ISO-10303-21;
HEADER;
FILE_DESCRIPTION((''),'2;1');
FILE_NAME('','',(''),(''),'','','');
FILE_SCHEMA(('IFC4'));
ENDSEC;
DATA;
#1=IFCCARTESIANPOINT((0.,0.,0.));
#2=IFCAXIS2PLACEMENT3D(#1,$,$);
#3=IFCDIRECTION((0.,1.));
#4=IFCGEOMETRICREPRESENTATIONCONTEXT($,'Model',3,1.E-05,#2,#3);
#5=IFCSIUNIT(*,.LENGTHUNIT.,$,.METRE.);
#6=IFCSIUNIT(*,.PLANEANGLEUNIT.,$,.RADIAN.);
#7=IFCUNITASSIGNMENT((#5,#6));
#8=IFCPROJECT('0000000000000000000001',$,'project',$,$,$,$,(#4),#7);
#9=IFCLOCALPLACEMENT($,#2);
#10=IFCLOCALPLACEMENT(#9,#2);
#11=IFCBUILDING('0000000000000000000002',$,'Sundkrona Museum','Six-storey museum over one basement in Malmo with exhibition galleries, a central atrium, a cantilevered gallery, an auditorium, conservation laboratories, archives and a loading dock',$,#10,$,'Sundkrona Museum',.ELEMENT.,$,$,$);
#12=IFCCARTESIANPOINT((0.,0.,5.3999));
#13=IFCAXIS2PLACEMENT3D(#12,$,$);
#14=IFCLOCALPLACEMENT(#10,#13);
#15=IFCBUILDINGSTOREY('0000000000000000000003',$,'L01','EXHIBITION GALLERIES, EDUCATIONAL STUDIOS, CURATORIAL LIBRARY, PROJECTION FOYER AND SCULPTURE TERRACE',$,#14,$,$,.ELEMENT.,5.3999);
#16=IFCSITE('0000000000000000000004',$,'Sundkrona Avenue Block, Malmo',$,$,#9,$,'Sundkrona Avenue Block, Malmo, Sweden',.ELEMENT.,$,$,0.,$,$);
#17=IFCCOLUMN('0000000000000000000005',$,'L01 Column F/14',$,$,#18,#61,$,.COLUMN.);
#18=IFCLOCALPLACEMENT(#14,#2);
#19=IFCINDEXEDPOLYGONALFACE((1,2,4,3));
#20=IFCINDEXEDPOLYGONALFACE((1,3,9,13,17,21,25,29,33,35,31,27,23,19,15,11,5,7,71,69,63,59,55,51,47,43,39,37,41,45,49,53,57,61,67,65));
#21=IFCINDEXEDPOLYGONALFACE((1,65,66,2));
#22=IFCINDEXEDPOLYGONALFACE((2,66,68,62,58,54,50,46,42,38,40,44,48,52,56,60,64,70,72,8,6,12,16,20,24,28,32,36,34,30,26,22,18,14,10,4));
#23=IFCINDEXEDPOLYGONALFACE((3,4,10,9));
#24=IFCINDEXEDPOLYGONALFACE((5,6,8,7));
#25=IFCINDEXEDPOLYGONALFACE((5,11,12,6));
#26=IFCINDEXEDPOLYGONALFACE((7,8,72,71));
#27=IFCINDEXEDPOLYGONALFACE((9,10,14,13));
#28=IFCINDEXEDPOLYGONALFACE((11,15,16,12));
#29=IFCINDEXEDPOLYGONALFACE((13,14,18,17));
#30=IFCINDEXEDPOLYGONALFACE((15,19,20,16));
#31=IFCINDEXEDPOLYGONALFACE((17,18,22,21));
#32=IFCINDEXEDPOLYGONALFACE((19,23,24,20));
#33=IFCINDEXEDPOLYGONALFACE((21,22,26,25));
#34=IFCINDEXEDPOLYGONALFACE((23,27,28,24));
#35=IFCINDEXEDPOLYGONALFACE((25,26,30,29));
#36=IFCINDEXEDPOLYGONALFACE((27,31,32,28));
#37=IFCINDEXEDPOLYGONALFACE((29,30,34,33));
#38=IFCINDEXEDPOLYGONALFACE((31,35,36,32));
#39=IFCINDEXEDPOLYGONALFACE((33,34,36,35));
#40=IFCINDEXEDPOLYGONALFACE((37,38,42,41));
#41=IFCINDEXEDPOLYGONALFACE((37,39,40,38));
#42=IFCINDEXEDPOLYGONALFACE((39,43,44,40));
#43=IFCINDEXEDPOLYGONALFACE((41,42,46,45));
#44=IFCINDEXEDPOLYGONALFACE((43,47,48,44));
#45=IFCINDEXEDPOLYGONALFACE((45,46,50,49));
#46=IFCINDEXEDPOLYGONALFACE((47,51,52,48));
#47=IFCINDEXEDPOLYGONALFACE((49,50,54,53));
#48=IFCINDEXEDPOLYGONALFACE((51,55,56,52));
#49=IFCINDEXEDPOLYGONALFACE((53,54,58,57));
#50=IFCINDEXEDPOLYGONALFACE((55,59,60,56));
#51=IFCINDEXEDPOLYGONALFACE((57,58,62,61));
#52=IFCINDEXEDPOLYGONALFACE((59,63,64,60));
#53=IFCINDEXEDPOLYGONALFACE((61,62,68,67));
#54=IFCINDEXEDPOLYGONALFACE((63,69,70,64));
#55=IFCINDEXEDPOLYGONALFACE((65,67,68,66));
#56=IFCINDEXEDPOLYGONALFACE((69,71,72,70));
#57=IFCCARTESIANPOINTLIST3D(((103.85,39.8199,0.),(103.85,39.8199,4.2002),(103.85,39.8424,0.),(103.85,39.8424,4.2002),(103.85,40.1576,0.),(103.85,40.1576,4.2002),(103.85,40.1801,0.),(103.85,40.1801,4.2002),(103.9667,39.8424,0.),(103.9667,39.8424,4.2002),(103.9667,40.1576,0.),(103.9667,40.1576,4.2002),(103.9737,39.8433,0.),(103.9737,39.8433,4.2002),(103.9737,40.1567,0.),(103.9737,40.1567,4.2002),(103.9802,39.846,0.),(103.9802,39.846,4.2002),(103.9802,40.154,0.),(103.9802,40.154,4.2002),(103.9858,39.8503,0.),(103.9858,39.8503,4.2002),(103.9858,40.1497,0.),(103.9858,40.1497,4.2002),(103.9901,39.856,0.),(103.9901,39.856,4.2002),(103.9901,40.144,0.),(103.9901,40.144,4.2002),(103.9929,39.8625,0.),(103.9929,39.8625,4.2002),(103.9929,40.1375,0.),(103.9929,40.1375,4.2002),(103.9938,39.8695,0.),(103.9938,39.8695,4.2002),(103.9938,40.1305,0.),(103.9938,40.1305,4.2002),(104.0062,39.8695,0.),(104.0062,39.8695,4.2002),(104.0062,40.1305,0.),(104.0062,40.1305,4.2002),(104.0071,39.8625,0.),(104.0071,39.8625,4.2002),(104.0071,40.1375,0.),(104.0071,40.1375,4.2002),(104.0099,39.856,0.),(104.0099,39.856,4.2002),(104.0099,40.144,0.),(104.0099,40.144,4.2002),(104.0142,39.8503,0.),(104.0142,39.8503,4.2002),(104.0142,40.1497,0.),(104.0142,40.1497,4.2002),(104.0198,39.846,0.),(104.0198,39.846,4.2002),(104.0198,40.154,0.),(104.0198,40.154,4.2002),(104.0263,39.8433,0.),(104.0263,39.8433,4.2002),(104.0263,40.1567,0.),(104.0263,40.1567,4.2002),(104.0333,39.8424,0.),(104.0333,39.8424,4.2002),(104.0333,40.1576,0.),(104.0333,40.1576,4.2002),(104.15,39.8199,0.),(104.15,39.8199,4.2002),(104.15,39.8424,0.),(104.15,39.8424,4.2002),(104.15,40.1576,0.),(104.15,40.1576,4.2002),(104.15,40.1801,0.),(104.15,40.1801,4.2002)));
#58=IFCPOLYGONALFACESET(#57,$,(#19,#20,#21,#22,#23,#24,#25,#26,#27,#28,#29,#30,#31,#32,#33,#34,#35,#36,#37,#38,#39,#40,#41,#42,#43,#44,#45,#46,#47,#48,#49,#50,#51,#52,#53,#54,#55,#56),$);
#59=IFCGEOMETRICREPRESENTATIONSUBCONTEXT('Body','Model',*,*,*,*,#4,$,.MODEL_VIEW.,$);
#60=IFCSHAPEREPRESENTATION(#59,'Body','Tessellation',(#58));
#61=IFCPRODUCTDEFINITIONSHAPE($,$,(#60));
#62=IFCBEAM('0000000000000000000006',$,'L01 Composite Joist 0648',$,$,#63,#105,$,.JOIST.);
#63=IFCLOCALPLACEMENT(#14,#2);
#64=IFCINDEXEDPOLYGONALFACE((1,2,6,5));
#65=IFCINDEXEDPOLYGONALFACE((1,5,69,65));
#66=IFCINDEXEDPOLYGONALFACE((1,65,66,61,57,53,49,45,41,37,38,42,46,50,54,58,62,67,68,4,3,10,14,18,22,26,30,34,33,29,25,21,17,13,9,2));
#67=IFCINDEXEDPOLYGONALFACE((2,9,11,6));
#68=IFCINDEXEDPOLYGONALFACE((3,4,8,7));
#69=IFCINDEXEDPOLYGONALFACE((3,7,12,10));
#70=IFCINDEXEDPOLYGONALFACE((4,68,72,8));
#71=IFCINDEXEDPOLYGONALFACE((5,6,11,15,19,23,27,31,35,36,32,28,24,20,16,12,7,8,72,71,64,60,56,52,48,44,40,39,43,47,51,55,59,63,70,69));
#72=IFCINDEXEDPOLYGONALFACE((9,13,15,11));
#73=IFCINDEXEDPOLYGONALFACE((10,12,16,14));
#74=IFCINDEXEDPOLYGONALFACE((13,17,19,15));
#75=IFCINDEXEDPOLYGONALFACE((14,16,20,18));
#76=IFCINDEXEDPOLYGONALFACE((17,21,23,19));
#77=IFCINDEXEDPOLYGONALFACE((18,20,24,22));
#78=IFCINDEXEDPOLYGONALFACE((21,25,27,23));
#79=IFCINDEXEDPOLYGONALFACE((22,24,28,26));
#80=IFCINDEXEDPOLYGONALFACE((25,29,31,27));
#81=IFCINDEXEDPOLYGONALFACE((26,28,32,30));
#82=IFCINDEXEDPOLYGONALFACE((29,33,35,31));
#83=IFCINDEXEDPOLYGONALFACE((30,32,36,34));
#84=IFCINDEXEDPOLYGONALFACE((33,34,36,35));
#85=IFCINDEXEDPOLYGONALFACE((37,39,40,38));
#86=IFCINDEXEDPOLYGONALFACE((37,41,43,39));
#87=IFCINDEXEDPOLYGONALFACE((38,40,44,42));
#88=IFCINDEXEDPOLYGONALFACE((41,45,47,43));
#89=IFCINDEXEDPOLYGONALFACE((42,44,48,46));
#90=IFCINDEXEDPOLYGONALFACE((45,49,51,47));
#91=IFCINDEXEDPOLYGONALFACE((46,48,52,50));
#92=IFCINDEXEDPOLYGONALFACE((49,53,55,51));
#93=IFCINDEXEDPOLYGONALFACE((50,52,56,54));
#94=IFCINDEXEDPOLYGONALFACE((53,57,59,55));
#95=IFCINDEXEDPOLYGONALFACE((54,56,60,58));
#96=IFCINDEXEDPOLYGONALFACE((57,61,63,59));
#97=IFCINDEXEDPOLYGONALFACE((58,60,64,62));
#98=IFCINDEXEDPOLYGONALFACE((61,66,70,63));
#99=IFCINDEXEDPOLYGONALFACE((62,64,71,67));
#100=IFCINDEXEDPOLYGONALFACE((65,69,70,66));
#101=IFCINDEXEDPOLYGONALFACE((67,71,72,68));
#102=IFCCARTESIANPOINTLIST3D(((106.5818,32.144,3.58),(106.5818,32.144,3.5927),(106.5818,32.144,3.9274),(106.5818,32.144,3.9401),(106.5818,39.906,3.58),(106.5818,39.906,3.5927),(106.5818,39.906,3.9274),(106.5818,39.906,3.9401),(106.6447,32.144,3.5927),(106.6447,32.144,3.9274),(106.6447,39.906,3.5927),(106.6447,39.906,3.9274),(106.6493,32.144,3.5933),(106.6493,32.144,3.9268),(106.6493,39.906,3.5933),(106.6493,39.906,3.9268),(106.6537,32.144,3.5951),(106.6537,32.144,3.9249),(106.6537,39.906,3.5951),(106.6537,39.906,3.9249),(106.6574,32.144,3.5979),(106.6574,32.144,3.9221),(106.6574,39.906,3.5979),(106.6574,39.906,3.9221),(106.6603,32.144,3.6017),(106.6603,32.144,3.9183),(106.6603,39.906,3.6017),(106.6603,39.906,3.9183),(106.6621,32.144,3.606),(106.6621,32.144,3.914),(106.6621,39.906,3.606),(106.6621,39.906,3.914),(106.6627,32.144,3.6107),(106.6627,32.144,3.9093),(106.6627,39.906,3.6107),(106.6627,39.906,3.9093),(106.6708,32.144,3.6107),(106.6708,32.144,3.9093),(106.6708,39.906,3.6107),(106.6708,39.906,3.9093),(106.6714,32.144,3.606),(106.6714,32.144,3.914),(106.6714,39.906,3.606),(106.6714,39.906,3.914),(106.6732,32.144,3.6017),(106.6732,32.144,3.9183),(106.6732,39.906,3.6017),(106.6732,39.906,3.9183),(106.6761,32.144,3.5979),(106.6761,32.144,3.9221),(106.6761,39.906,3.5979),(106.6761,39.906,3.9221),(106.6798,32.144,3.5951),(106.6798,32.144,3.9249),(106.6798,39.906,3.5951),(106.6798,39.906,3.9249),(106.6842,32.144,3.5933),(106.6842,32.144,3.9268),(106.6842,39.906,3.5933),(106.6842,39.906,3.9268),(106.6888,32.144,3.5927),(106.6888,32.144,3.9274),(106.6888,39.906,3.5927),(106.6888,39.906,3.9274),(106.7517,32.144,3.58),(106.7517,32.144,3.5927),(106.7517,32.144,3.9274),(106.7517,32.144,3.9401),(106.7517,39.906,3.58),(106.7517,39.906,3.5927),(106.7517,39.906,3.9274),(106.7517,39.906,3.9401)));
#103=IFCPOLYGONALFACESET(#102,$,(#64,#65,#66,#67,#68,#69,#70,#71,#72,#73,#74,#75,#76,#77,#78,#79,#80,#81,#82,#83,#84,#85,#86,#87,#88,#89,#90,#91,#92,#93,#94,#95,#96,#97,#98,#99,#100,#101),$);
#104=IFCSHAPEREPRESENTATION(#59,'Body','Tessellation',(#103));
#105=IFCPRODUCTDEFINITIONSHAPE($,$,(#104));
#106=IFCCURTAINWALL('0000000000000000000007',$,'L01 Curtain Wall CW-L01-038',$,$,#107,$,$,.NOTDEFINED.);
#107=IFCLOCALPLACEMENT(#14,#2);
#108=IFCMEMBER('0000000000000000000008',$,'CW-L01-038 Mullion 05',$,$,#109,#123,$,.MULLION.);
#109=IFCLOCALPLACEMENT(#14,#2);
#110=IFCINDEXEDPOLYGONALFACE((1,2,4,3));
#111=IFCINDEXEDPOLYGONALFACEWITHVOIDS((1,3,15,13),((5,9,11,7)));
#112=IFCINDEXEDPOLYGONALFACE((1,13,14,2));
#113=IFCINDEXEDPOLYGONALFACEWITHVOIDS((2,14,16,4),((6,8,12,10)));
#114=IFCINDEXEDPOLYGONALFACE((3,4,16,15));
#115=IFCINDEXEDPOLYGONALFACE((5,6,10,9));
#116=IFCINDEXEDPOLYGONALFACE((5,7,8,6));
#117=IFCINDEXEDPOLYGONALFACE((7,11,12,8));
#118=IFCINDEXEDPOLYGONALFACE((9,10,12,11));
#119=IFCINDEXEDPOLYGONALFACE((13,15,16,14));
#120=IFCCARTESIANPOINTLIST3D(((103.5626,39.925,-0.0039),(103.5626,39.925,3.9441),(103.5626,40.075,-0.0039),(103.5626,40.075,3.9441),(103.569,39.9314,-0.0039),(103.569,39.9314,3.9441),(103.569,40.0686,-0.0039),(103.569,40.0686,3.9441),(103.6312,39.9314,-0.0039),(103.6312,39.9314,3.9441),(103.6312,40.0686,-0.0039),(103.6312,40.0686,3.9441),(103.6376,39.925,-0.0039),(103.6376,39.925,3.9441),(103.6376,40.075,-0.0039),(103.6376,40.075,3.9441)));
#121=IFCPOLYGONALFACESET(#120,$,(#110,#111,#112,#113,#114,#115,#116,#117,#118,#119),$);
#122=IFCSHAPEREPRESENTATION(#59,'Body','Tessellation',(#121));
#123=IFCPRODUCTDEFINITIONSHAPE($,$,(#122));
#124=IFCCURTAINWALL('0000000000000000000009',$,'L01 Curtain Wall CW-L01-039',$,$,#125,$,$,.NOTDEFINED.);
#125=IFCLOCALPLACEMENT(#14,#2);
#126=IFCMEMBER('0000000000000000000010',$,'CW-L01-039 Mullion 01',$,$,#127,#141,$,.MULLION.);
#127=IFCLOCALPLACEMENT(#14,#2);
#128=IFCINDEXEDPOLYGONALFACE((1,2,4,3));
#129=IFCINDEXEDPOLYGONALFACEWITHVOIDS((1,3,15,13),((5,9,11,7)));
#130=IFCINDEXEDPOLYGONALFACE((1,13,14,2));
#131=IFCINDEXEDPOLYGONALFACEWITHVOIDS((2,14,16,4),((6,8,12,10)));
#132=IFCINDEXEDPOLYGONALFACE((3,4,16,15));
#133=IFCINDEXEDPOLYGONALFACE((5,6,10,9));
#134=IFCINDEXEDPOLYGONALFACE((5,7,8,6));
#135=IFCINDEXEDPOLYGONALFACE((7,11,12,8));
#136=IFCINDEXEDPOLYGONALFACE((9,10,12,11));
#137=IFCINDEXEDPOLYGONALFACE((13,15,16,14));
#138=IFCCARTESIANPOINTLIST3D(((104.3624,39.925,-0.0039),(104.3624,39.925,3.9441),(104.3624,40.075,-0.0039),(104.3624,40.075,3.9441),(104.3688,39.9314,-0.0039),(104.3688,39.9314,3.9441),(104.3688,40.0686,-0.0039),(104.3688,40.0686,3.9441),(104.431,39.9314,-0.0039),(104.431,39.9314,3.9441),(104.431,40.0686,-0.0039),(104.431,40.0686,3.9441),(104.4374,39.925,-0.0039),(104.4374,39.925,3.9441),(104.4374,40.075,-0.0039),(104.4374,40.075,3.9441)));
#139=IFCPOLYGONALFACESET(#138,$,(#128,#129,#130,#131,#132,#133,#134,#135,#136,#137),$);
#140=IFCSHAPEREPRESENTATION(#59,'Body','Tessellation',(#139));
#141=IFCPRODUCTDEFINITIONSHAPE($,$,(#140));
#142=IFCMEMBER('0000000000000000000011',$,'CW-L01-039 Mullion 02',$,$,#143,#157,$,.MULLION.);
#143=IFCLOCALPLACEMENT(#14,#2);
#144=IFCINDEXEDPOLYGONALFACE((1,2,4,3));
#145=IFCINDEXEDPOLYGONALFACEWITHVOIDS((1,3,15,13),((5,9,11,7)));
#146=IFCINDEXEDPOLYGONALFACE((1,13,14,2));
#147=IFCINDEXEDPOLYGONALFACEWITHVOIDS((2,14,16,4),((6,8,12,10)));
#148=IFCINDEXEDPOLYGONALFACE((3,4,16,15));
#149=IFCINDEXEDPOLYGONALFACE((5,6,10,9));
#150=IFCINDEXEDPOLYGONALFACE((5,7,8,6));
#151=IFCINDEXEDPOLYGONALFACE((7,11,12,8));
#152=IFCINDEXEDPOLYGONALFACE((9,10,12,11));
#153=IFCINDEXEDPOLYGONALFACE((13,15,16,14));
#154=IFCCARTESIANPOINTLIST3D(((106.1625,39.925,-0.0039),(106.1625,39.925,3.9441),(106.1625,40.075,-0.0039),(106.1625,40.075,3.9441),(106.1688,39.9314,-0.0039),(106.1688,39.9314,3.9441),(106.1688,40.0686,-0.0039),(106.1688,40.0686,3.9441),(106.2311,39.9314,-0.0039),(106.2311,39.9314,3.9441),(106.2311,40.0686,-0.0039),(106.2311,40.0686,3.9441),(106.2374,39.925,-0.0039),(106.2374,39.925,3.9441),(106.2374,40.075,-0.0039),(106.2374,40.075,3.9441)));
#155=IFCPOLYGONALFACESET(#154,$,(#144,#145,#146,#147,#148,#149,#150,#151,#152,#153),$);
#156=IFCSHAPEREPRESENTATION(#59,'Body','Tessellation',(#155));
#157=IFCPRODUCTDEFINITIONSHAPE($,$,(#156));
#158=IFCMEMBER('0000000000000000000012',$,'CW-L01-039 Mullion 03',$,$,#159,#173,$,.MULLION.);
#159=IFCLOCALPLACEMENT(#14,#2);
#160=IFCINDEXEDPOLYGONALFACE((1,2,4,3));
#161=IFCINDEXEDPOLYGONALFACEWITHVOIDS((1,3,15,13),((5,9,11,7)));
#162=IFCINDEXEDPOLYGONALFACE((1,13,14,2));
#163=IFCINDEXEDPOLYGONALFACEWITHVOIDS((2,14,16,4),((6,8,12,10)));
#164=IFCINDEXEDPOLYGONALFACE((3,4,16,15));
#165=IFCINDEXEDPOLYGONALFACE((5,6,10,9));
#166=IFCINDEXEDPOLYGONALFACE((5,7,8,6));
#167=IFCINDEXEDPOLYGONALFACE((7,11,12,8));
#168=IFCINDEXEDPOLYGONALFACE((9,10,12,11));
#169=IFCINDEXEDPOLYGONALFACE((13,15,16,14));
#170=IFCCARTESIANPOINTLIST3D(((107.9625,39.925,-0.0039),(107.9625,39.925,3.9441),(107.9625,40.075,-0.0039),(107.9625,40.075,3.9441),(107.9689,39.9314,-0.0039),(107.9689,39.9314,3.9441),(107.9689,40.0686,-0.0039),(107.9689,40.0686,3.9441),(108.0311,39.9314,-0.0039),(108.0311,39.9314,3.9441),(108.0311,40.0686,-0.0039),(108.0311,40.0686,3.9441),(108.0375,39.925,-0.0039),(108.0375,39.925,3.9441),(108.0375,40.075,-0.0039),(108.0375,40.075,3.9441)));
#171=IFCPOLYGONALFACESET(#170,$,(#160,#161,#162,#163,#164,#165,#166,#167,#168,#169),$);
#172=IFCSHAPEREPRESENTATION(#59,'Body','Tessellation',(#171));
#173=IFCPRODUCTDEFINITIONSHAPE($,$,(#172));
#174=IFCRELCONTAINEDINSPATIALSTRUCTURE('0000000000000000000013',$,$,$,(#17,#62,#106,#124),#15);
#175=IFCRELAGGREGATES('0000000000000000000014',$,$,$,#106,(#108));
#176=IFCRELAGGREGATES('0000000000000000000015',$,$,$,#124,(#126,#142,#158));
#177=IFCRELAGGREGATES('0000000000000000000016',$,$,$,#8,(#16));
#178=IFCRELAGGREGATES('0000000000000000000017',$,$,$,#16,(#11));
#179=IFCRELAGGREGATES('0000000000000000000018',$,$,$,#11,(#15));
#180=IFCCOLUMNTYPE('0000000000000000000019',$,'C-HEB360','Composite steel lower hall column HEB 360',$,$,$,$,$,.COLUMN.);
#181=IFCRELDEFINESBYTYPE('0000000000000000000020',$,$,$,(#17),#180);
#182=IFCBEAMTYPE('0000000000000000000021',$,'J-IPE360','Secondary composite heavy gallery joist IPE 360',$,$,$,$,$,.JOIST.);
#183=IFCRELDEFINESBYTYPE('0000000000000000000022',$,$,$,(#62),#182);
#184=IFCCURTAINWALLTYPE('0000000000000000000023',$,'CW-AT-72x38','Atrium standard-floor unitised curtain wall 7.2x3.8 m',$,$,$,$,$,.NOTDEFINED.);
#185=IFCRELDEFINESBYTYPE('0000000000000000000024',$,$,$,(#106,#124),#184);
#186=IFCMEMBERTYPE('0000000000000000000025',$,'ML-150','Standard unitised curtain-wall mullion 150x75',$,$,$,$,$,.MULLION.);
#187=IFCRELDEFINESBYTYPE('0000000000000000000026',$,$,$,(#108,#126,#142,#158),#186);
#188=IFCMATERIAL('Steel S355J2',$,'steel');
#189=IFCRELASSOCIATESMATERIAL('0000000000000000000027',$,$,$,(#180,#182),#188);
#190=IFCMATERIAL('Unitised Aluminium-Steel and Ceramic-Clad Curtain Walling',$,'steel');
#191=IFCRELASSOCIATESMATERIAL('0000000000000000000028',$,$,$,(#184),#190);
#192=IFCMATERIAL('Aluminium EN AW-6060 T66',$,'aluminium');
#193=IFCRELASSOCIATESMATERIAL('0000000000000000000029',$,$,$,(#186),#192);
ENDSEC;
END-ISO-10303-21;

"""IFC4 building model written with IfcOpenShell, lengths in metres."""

from ifc_helpers import new_model, si_unit, direction, frame, origin, origin_2d, place, context, subcontext, project, spatial, hollow_rectangle, i_section, extrude, material, material_profile, profile_set, type_object, element, aggregate, save


model = new_model("IFC4")

# Units and contexts
model_context = context("Model", 3, precision=1e-05, world=origin(), true_north=direction((0.0, 1.0)))
body_context = subcontext(model_context, "Body", "Model", "MODEL_VIEW")
ifc_project = project(units=[si_unit("LENGTHUNIT", "METRE"), si_unit("PLANEANGLEUNIT", "RADIAN")], contexts=[model_context])

# Site, building, storey
site_placement = place(None, origin())
site = spatial("IfcSite", under=ifc_project, at=site_placement, Name="Sundkrona Avenue Block, Malmo", LongName="Sundkrona Avenue Block, Malmo, Sweden", CompositionType="ELEMENT", RefElevation=0.0)
building_placement = place(site_placement, origin())
building = spatial("IfcBuilding", under=site, at=building_placement, Name="Sundkrona Museum", Description="Six-storey museum over one basement in Malmo with exhibition galleries, a central atrium, a cantilevered gallery, an auditorium, conservation laboratories, archives and a loading dock", LongName="Sundkrona Museum", CompositionType="ELEMENT")
storey_placement = place(building_placement, frame((0.0, 0.0, 5.3999)))
storey = spatial("IfcBuildingStorey", under=building, at=storey_placement, Name="L01", Description="EXHIBITION GALLERIES, EDUCATIONAL STUDIOS, CURATORIAL LIBRARY, PROJECTION FOYER AND SCULPTURE TERRACE", CompositionType="ELEMENT", Elevation=5.3999)

# Column
ifc_material_1 = material(Name="Steel S355J2", Category="steel")
ifc_material_profile_1 = material_profile(ifc_material_1, i_section(OverallWidth=0.3, OverallDepth=0.3601, WebThickness=0.0125, FlangeThickness=0.0225, FilletRadius=0.0271, at=origin_2d()), Name="HEB 360")
ifc_profile_set_1 = profile_set([ifc_material_profile_1], Name="Steel S355J2")
column_type = type_object("IfcColumnType", Name="C-HEB360", Description="Composite steel lower hall column HEB 360", PredefinedType="COLUMN", material=ifc_profile_set_1)
column_placement = place(storey_placement, frame((104.0, 40.0, 0.0), z_axis=(0.0, 0.0, 1.0), x_axis=(1.0, 0.0, 0.0)))
element("IfcColumn", 1, at=column_placement, inside=storey, type_object=column_type, Name="L01 Column F/14", PredefinedType="COLUMN", context=body_context, shape_type="SweptSolid", body=[
    extrude(i_section(OverallWidth=0.3, OverallDepth=0.3601, WebThickness=0.0125, FlangeThickness=0.0225, FilletRadius=0.0271, at=origin_2d()), origin(), (0.0, 0.0, 1.0), 4.2002),
])

# Beam
ifc_material_profile_2 = material_profile(ifc_material_1, i_section(OverallWidth=0.1699, OverallDepth=0.3601, WebThickness=0.0081, FlangeThickness=0.0127, FilletRadius=0.0181, at=origin_2d()), Name="IPE 360")
ifc_profile_set_2 = profile_set([ifc_material_profile_2], Name="Steel S355J2")
beam_type_1 = type_object("IfcBeamType", Name="J-IPE360", Description="Secondary composite heavy gallery joist IPE 360", PredefinedType="JOIST", material=ifc_profile_set_2)
beam_1_placement = place(storey_placement, frame((106.6667, 32.144, 3.76), z_axis=(0.0, 1.0, 0.0), x_axis=(-1.0, 0.0, 0.0)))
element("IfcBeam", 2, at=beam_1_placement, inside=storey, type_object=beam_type_1, Name="L01 Composite Joist 0648", PredefinedType="JOIST", context=body_context, shape_type="SweptSolid", body=[
    extrude(i_section(OverallWidth=0.1699, OverallDepth=0.3601, WebThickness=0.0081, FlangeThickness=0.0127, FilletRadius=0.0181, at=origin_2d()), origin(), (0.0, 0.0, 1.0), 7.762),
])

# Curtain wall, member
ifc_material_2 = material(Name="Unitised Aluminium-Steel and Ceramic-Clad Curtain Walling", Category="steel")
curtain_wall_type = type_object("IfcCurtainWallType", Name="CW-AT-72x38", Description="Atrium standard-floor unitised curtain wall 7.2x3.8 m", PredefinedType="NOTDEFINED", material=ifc_material_2)
curtain_wall_1_placement = place(storey_placement, origin())
curtain_wall_1 = element("IfcCurtainWall", 3, at=curtain_wall_1_placement, inside=storey, type_object=curtain_wall_type, Name="L01 Curtain Wall CW-L01-038", PredefinedType="NOTDEFINED")
ifc_material_3 = material(Name="Aluminium EN AW-6060 T66", Category="aluminium")
ifc_material_profile_3 = material_profile(ifc_material_3, hollow_rectangle(XDim=0.075, YDim=0.1499, WallThickness=0.0063, at=origin_2d()), Name="RHS 150x75x6.3")
ifc_profile_set_3 = profile_set([ifc_material_profile_3], Name="Aluminium EN AW-6060 T66")
member_type_1 = type_object("IfcMemberType", Name="ML-150", Description="Standard unitised curtain-wall mullion 150x75", PredefinedType="MULLION", material=ifc_profile_set_3)
member_1_placement = place(storey_placement, frame((103.6001, 40.0, -0.0039), z_axis=(0.0, 0.0, 1.0), x_axis=(1.0, 0.0, 0.0)))
member_1 = element("IfcMember", 4, at=member_1_placement, type_object=member_type_1, Name="CW-L01-038 Mullion 05", PredefinedType="MULLION", context=body_context, shape_type="SweptSolid", body=[
    extrude(hollow_rectangle(XDim=0.075, YDim=0.1499, WallThickness=0.0063, at=origin_2d()), origin(), (0.0, 0.0, 1.0), 3.948),
])

# Curtain wall, members
curtain_wall_2_placement = place(storey_placement, origin())
curtain_wall_2 = element("IfcCurtainWall", 5, at=curtain_wall_2_placement, inside=storey, type_object=curtain_wall_type, Name="L01 Curtain Wall CW-L01-039", PredefinedType="NOTDEFINED")
member_2_placement = place(storey_placement, frame((104.3999, 40.0, -0.0039), z_axis=(0.0, 0.0, 1.0), x_axis=(1.0, 0.0, 0.0)))
member_2 = element("IfcMember", 6, at=member_2_placement, type_object=member_type_1, Name="CW-L01-039 Mullion 01", PredefinedType="MULLION", context=body_context, shape_type="SweptSolid", body=[
    extrude(hollow_rectangle(XDim=0.075, YDim=0.1499, WallThickness=0.0063, at=origin_2d()), origin(), (0.0, 0.0, 1.0), 3.948),
])
member_3_placement = place(storey_placement, frame((106.2, 40.0, -0.0039), z_axis=(0.0, 0.0, 1.0), x_axis=(1.0, 0.0, 0.0)))
member_3 = element("IfcMember", 7, at=member_3_placement, type_object=member_type_1, Name="CW-L01-039 Mullion 02", PredefinedType="MULLION", context=body_context, shape_type="SweptSolid", body=[
    extrude(hollow_rectangle(XDim=0.075, YDim=0.1499, WallThickness=0.0063, at=origin_2d()), origin(), (0.0, 0.0, 1.0), 3.948),
])
member_4_placement = place(storey_placement, frame((108.0, 40.0, -0.0039), z_axis=(0.0, 0.0, 1.0), x_axis=(1.0, 0.0, 0.0)))
member_4 = element("IfcMember", 8, at=member_4_placement, type_object=member_type_1, Name="CW-L01-039 Mullion 03", PredefinedType="MULLION", context=body_context, shape_type="SweptSolid", body=[
    extrude(hollow_rectangle(XDim=0.075, YDim=0.1499, WallThickness=0.0063, at=origin_2d()), origin(), (0.0, 0.0, 1.0), 3.948),
])

aggregate(curtain_wall_1, [member_1])
aggregate(curtain_wall_2, [member_2, member_3, member_4])

save(model, "model.ifc")
